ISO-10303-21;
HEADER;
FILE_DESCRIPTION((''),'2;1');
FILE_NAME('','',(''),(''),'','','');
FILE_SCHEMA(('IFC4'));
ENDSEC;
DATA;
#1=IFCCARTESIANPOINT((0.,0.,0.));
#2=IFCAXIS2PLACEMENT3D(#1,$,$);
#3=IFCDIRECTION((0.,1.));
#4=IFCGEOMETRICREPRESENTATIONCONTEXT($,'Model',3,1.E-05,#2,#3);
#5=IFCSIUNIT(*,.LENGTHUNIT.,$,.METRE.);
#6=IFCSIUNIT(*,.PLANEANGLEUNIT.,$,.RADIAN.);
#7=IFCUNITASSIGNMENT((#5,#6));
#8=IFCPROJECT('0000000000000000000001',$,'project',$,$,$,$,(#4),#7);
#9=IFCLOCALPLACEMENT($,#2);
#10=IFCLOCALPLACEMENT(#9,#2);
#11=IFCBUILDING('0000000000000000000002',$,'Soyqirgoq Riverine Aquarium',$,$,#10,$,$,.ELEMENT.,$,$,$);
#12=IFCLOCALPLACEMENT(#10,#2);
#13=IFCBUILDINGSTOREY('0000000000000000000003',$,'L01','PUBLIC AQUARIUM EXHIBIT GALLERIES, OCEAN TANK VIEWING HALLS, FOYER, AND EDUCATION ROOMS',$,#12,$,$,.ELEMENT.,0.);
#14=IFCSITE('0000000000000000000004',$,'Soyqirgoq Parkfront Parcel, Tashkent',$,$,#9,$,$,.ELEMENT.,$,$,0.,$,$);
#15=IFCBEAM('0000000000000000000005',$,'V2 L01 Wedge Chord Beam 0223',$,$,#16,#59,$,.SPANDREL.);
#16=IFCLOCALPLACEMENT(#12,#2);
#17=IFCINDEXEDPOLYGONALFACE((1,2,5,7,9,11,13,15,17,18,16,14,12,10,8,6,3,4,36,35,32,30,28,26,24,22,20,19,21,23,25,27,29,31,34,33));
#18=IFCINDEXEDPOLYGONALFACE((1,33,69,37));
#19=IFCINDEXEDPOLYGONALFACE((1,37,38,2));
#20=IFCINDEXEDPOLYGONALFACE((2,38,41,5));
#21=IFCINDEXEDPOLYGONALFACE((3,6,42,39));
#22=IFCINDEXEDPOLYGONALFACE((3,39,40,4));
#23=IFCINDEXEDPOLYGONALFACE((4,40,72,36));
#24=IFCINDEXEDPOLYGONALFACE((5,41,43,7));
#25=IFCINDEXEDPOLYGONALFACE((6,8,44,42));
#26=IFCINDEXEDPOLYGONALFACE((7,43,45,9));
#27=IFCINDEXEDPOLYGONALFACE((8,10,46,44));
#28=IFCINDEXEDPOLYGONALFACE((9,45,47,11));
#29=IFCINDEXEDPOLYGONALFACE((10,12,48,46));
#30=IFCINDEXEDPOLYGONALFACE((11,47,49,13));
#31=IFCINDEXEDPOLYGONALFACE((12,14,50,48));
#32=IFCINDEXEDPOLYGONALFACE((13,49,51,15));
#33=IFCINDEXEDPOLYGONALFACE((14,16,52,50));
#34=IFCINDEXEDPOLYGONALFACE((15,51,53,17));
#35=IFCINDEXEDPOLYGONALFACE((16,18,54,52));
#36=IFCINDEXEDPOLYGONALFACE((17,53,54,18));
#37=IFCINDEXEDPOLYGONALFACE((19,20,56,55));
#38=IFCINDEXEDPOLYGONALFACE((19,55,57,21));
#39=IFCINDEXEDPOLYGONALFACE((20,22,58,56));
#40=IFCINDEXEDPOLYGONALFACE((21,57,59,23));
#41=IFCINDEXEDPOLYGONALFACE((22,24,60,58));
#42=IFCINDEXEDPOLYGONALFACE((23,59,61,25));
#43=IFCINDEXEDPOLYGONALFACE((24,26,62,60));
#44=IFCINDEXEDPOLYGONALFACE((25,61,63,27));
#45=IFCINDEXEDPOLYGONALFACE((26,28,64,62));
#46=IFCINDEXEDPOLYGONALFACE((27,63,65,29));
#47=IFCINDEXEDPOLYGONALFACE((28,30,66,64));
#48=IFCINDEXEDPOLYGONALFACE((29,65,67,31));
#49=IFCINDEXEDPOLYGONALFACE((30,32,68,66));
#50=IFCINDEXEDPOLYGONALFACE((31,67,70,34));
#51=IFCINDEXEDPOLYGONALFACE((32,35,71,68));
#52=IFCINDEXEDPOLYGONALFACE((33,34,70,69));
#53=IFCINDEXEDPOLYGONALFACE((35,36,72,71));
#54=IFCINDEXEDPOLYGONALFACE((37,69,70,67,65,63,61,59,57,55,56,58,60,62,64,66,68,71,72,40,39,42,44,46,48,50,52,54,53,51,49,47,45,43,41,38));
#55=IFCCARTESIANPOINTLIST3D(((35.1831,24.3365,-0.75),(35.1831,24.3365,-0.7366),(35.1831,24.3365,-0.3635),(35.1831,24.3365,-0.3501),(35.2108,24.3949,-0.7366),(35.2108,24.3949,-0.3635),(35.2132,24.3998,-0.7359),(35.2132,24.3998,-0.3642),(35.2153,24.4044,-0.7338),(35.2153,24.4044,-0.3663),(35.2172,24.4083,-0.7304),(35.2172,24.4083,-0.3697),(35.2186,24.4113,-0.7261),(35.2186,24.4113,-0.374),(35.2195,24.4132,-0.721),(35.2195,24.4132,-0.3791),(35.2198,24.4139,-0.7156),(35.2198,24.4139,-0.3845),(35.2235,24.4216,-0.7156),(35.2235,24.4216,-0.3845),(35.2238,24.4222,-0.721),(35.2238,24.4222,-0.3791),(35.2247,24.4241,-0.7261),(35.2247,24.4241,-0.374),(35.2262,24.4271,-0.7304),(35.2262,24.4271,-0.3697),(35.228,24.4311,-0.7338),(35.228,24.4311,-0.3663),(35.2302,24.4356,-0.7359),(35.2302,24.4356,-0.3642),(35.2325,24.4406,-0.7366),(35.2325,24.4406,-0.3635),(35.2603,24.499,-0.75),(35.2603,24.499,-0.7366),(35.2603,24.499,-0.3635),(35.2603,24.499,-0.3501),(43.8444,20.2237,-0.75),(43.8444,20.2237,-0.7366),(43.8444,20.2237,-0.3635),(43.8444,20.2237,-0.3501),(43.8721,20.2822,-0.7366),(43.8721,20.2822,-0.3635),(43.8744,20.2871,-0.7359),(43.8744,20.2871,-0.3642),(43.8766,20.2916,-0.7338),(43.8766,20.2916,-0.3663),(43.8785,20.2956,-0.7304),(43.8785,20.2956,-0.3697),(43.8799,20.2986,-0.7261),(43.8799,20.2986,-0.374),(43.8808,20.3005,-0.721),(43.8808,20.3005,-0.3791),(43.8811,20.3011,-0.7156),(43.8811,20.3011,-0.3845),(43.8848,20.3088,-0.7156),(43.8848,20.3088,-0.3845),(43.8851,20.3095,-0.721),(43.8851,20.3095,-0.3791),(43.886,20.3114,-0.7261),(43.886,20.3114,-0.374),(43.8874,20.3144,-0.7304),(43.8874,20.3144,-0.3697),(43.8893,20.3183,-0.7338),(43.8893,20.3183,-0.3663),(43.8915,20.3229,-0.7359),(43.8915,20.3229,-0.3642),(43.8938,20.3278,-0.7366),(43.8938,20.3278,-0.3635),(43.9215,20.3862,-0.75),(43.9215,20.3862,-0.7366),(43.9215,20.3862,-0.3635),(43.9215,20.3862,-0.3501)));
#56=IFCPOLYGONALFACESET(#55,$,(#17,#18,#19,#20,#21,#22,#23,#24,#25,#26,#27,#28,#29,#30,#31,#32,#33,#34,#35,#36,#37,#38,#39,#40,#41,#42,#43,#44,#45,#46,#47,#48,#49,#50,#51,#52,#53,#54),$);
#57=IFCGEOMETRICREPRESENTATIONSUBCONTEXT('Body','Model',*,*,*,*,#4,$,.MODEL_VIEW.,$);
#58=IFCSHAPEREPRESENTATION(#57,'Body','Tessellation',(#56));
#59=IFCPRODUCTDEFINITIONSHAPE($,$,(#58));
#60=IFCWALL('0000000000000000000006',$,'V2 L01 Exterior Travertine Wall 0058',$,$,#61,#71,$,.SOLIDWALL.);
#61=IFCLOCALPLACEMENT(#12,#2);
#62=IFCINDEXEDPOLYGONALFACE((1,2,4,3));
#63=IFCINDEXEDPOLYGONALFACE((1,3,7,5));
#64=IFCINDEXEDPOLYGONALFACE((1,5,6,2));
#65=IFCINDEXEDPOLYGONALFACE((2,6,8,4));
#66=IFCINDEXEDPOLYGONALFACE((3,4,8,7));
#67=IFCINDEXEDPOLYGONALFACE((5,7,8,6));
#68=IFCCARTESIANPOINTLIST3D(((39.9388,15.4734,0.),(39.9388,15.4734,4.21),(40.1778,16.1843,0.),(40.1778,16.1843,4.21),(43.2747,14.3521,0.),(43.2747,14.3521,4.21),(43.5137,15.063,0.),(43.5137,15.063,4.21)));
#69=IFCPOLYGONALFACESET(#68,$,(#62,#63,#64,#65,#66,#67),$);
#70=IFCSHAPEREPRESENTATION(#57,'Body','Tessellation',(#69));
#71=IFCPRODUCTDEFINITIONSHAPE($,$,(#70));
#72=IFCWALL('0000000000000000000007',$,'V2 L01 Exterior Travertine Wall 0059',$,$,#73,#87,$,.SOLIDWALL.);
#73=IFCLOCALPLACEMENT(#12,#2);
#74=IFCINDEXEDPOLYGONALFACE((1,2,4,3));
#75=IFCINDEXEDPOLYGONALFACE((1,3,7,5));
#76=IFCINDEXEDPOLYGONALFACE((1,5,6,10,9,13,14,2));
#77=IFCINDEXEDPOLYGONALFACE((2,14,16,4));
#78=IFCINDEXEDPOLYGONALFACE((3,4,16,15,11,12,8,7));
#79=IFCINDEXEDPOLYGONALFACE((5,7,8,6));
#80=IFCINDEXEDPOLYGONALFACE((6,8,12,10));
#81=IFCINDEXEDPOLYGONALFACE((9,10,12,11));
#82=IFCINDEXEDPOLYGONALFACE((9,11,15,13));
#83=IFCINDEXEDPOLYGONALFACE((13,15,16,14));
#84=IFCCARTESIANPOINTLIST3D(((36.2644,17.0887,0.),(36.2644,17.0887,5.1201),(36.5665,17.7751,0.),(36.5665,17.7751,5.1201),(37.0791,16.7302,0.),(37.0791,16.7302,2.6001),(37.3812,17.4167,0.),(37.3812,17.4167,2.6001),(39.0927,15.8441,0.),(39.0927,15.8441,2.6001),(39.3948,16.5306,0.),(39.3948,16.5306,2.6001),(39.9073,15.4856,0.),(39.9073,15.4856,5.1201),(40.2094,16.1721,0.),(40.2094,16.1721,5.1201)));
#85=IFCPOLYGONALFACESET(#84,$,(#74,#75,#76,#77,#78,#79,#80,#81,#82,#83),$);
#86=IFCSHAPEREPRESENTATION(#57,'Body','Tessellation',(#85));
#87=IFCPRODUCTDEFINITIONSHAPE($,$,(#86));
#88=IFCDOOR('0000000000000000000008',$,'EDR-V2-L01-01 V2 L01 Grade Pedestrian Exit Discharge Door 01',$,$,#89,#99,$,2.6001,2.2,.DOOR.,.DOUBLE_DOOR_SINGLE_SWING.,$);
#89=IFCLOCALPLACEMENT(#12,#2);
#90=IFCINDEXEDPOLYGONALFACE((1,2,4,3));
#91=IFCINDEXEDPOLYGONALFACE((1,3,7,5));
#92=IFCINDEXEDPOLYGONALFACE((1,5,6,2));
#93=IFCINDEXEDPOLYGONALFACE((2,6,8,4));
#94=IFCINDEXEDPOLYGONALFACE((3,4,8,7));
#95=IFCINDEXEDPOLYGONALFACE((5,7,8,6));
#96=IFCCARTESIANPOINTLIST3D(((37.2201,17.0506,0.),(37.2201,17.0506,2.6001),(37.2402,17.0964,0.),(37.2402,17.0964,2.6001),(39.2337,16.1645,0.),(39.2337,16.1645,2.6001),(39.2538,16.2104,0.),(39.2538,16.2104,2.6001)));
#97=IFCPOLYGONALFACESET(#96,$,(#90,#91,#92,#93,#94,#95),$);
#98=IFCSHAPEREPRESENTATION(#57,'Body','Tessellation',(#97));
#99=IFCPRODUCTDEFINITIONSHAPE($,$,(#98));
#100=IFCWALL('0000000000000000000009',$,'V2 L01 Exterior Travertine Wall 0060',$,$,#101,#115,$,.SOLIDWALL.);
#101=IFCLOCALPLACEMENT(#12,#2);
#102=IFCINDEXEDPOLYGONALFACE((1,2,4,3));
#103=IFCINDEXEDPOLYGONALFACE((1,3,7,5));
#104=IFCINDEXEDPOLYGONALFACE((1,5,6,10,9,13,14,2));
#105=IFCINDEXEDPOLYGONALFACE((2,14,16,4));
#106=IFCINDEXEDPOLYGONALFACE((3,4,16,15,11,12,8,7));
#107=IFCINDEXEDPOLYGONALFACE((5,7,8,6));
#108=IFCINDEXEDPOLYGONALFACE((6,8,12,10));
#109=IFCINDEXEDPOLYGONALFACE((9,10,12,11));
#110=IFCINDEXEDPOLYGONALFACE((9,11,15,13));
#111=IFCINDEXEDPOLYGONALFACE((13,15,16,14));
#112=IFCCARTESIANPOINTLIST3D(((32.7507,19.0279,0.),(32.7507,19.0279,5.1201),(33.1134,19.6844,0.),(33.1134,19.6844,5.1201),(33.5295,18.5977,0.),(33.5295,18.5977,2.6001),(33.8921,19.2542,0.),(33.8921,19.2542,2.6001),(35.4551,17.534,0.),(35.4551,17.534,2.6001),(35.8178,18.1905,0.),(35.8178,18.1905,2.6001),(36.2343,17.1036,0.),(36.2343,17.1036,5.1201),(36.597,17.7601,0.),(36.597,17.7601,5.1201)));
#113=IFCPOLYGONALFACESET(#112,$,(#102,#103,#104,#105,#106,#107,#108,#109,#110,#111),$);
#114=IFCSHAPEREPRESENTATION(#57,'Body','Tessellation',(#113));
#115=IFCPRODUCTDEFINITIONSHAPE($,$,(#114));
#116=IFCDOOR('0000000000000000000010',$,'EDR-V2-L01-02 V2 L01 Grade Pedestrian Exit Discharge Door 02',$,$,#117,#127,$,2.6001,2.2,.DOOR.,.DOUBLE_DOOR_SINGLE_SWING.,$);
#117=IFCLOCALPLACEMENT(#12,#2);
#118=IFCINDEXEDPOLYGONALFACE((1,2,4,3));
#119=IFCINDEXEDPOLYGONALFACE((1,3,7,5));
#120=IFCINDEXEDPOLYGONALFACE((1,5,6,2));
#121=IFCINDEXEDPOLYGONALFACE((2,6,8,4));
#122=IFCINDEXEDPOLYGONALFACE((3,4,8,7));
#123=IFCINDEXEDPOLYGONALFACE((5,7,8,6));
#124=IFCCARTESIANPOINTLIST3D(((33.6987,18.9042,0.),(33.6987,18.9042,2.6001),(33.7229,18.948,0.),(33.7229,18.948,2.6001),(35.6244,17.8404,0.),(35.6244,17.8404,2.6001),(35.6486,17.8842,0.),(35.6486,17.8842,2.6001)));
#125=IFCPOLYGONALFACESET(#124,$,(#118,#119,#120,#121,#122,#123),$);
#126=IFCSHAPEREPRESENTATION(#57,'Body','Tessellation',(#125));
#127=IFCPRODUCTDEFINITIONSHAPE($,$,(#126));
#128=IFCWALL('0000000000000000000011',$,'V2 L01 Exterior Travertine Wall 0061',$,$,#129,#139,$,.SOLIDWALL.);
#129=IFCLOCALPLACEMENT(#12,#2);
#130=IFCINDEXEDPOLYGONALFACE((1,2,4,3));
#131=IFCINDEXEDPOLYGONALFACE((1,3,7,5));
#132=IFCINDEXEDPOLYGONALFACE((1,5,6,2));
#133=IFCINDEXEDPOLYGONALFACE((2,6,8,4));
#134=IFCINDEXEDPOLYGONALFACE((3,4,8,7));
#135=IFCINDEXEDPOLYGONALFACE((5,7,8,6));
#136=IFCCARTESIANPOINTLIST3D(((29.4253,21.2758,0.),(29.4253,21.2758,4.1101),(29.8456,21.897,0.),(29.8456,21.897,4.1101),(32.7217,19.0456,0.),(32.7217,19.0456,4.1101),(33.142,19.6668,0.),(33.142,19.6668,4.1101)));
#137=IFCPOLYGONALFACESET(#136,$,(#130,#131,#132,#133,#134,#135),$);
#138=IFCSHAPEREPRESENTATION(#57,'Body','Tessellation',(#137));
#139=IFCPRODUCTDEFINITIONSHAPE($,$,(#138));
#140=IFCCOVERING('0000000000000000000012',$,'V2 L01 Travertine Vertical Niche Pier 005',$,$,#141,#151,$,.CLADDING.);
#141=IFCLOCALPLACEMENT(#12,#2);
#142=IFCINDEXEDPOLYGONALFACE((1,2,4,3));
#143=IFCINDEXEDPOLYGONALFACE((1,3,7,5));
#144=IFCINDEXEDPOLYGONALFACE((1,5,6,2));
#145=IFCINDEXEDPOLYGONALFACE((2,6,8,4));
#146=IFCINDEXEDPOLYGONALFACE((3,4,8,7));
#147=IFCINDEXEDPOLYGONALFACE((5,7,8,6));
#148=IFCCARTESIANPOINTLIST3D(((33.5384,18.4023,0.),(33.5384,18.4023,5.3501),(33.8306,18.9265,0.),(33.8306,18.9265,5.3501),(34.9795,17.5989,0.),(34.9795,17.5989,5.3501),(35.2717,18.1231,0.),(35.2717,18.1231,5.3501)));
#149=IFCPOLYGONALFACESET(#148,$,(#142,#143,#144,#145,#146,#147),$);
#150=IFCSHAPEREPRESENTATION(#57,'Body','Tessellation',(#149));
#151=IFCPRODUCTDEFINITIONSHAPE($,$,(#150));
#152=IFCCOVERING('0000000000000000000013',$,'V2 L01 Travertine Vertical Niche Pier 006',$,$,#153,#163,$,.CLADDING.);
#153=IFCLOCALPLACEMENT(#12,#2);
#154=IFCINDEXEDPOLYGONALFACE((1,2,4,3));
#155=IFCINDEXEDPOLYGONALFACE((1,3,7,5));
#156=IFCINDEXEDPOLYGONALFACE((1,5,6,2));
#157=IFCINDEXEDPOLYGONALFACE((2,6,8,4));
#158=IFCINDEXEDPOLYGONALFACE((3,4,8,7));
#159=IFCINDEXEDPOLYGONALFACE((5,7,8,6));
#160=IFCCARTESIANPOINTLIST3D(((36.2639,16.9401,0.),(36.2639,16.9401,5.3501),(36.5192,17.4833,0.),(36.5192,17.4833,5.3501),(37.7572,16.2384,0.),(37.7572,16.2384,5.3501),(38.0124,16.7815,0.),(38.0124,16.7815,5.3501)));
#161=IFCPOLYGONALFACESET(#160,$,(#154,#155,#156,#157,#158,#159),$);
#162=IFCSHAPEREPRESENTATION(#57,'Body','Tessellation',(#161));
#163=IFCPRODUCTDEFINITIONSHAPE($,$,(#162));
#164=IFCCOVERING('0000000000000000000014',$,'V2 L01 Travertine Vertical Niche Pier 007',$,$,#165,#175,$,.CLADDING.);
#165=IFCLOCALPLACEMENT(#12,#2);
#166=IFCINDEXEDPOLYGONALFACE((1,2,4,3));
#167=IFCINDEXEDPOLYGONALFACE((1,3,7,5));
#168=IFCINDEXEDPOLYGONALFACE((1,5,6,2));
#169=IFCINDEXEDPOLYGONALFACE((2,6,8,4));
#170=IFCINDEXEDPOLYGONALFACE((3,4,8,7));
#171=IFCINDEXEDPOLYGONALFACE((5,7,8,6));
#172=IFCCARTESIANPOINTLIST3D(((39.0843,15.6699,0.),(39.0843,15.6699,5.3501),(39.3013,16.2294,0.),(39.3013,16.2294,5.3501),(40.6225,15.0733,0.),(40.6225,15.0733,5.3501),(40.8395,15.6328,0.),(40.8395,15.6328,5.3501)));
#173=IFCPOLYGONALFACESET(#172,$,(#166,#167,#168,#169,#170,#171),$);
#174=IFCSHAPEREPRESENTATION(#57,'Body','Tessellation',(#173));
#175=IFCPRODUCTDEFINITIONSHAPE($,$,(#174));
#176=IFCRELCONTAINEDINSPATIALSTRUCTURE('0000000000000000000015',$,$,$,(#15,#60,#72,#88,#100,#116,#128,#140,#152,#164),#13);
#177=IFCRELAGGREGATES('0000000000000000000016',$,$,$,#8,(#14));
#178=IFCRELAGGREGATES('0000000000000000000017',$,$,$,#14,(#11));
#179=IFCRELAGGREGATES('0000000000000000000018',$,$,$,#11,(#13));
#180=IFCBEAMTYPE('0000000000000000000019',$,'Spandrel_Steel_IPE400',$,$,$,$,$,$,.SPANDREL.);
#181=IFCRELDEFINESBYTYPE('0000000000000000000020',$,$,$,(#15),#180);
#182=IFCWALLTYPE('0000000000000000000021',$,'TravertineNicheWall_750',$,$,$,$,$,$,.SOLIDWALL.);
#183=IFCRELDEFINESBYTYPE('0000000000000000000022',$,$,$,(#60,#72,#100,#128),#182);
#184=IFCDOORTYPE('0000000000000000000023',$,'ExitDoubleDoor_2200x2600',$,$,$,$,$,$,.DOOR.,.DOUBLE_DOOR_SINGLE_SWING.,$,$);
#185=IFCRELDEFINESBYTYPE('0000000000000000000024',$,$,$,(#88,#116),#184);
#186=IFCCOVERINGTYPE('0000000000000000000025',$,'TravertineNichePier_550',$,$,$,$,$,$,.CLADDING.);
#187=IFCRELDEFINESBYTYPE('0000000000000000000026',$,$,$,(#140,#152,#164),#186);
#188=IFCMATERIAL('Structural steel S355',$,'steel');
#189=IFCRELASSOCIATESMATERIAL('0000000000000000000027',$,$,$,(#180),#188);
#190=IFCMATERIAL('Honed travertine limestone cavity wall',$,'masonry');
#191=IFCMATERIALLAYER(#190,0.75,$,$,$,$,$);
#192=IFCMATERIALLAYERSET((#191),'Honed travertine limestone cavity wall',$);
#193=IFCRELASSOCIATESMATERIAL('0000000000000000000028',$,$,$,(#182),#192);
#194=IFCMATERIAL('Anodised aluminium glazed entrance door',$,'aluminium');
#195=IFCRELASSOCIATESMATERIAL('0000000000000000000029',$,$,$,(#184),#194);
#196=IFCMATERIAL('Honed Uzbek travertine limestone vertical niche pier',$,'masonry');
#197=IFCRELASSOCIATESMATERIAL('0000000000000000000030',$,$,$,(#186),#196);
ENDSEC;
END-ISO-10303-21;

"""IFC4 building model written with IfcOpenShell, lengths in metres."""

from ifc_helpers import new_model, si_unit, direction, frame, frame_2d, origin, origin_2d, place, context, subcontext, project, spatial, rectangle, i_section, extrude, material, layer, layer_set, material_profile, profile_set, type_object, element, fill, save


model = new_model("IFC4")

# Units and contexts
model_context = context("Model", 3, precision=1e-05, world=origin(), true_north=direction((0.0, 1.0)))
body_context = subcontext(model_context, "Body", "Model", "MODEL_VIEW")
ifc_project = project(units=[si_unit("LENGTHUNIT", "METRE"), si_unit("PLANEANGLEUNIT", "RADIAN")], contexts=[model_context])

# Site, building, storey
site_placement = place(None, origin())
site = spatial("IfcSite", under=ifc_project, at=site_placement, Name="Soyqirgoq Parkfront Parcel, Tashkent", CompositionType="ELEMENT", RefElevation=0.0)
building_placement = place(site_placement, origin())
building = spatial("IfcBuilding", under=site, at=building_placement, Name="Soyqirgoq Riverine Aquarium", CompositionType="ELEMENT")
storey_placement = place(building_placement, origin())
storey = spatial("IfcBuildingStorey", under=building, at=storey_placement, Name="L01", Description="PUBLIC AQUARIUM EXHIBIT GALLERIES, OCEAN TANK VIEWING HALLS, FOYER, AND EDUCATION ROOMS", CompositionType="ELEMENT", Elevation=0.0)

# Beam
ifc_material_1 = material(Name="Structural steel S355", Category="steel")
ifc_material_profile_1 = material_profile(ifc_material_1, i_section(OverallWidth=0.1799, OverallDepth=0.3999, WebThickness=0.0085, FlangeThickness=0.0134, FilletRadius=0.021, at=origin_2d()), Name="IPE 400")
ifc_profile_set_1 = profile_set([ifc_material_profile_1], Name="Structural steel S355")
beam_type_1 = type_object("IfcBeamType", Name="Spandrel_Steel_IPE400", PredefinedType="SPANDREL", material=ifc_profile_set_1)
beam_1_placement = place(storey_placement, frame((35.2217, 24.4177, -0.55), z_axis=(0.903333, -0.428941, 0.0), x_axis=(0.428941, 0.903333, 0.0)))
element("IfcBeam", 1, at=beam_1_placement, inside=storey, type_object=beam_type_1, Name="V2 L01 Wedge Chord Beam 0223", PredefinedType="SPANDREL", context=body_context, shape_type="SweptSolid", body=[
    extrude(i_section(OverallWidth=0.1799, OverallDepth=0.3999, WebThickness=0.0085, FlangeThickness=0.0134, FilletRadius=0.021, at=origin_2d()), origin(), (0.0, 0.0, 1.0), 9.5881),
])

# Wall
ifc_material_2 = material(Name="Honed travertine limestone cavity wall", Category="masonry")
ifc_layer = layer(ifc_material_2, 0.75)
ifc_layer_set = layer_set([ifc_layer], Name="Honed travertine limestone cavity wall")
wall_type = type_object("IfcWallType", Name="TravertineNicheWall_750", PredefinedType="SOLIDWALL", material=ifc_layer_set)
wall_1_placement = place(storey_placement, frame((43.3943, 14.7075, 0.0), z_axis=(0.0, 0.0, 1.0), x_axis=(-0.947883, 0.31862, 0.0)))
element("IfcWall", 2, at=wall_1_placement, inside=storey, type_object=wall_type, Name="V2 L01 Exterior Travertine Wall 0058", PredefinedType="SOLIDWALL", context=body_context, shape_type="SweptSolid", body=[
    extrude(rectangle(XDim=3.5193, YDim=0.75, at=frame_2d((1.7598, 0.0))), origin(), (0.0, 0.0, 1.0), 4.21),
])

# Walls, openings, doors
wall_2_placement = place(storey_placement, frame((40.0583, 15.8289, 0.0), z_axis=(0.0, 0.0, 1.0), x_axis=(-0.915298, 0.402778, 0.0)))
wall_2 = element("IfcWall", 3, at=wall_2_placement, inside=storey, type_object=wall_type, Name="V2 L01 Exterior Travertine Wall 0059", PredefinedType="SOLIDWALL", context=body_context, shape_type="SweptSolid", body=[
    extrude(rectangle(XDim=3.98, YDim=0.75, at=frame_2d((1.99, 0.0))), origin(), (0.0, 0.0, 1.0), 5.1201),
])
opening_1_placement = place(wall_2_placement, frame((0.8899, 0.0, 0.0)))
opening_1 = element("IfcOpeningElement", 4, at=opening_1_placement, cuts=wall_2, PredefinedType="OPENING", context=body_context, shape_type="SweptSolid", body=[
    extrude(rectangle(XDim=2.2, YDim=2.6001, at=frame_2d((1.1001, 1.3))), frame((0.0, 0.385, 0.0), z_axis=(0.0, -1.0, 0.0), x_axis=(1.0, 0.0, 0.0)), (0.0, 0.0, 1.0), 0.77),
])
ifc_material_3 = material(Name="Anodised aluminium glazed entrance door", Category="aluminium")
door_type = type_object("IfcDoorType", Name="ExitDoubleDoor_2200x2600", OperationType="DOUBLE_DOOR_SINGLE_SWING", PredefinedType="DOOR", material=ifc_material_3)
door_1_placement = place(opening_1_placement, origin())
door_1 = element("IfcDoor", 5, at=door_1_placement, inside=storey, type_object=door_type, Name="EDR-V2-L01-01 V2 L01 Grade Pedestrian Exit Discharge Door 01", OperationType="DOUBLE_DOOR_SINGLE_SWING", OverallHeight=2.6001, OverallWidth=2.2, PredefinedType="DOOR", context=body_context, shape_type="SweptSolid", body=[
    extrude(rectangle(XDim=2.2, YDim=2.6001, at=frame_2d((1.1001, 1.3))), frame((0.0, 0.0249, 0.0), z_axis=(0.0, -1.0, 0.0), x_axis=(1.0, 0.0, 0.0)), (0.0, 0.0, 1.0), 0.05),
])
fill(opening_1, door_1)
wall_3_placement = place(storey_placement, frame((36.4155, 17.4319, 0.0), z_axis=(0.0, 0.0, 1.0), x_axis=(-0.875332, 0.483522, 0.0)))
wall_3 = element("IfcWall", 6, at=wall_3_placement, inside=storey, type_object=wall_type, Name="V2 L01 Exterior Travertine Wall 0060", PredefinedType="SOLIDWALL", context=body_context, shape_type="SweptSolid", body=[
    extrude(rectangle(XDim=3.9797, YDim=0.75, at=frame_2d((1.9897, 0.0))), origin(), (0.0, 0.0, 1.0), 5.1201),
])
opening_2_placement = place(wall_3_placement, frame((0.8899, 0.0, 0.0)))
opening_2 = element("IfcOpeningElement", 7, at=opening_2_placement, cuts=wall_3, PredefinedType="OPENING", context=body_context, shape_type="SweptSolid", body=[
    extrude(rectangle(XDim=2.2, YDim=2.6001, at=frame_2d((1.1001, 1.3))), frame((0.0, 0.385, 0.0), z_axis=(0.0, -1.0, 0.0), x_axis=(1.0, 0.0, 0.0)), (0.0, 0.0, 1.0), 0.77),
])
door_2_placement = place(opening_2_placement, origin())
door_2 = element("IfcDoor", 8, at=door_2_placement, inside=storey, type_object=door_type, Name="EDR-V2-L01-02 V2 L01 Grade Pedestrian Exit Discharge Door 02", OperationType="DOUBLE_DOOR_SINGLE_SWING", OverallHeight=2.6001, OverallWidth=2.2, PredefinedType="DOOR", context=body_context, shape_type="SweptSolid", body=[
    extrude(rectangle(XDim=2.2, YDim=2.6001, at=frame_2d((1.1001, 1.3))), frame((0.0, 0.0249, 0.0), z_axis=(0.0, -1.0, 0.0), x_axis=(1.0, 0.0, 0.0)), (0.0, 0.0, 1.0), 0.05),
])
fill(opening_2, door_2)

# Wall
wall_4_placement = place(storey_placement, frame((32.9319, 19.3562, 0.0), z_axis=(0.0, 0.0, 1.0), x_axis=(-0.828247, 0.560364, 0.0)))
element("IfcWall", 9, at=wall_4_placement, inside=storey, type_object=wall_type, Name="V2 L01 Exterior Travertine Wall 0061", PredefinedType="SOLIDWALL", context=body_context, shape_type="SweptSolid", body=[
    extrude(rectangle(XDim=3.98, YDim=0.75, at=frame_2d((1.99, 0.0))), origin(), (0.0, 0.0, 1.0), 4.1101),
])

# Coverings
ifc_material_4 = material(Name="Honed Uzbek travertine limestone vertical niche pier", Category="masonry")
covering_type = type_object("IfcCoveringType", Name="TravertineNichePier_550", PredefinedType="CLADDING", material=ifc_material_4)
for number, where, z_axis, x_axis, name in (
    (10, (34.405, 18.2627, 0.0), (0.0, 0.0, 1.0), (-0.486945, -0.873432, 0.0), "V2 L01 Travertine Vertical Niche Pier 005"),
    (11, (37.1382, 16.8608, 0.0), (0.0, 0.0, 1.0), (-0.425305, -0.90505, 0.0), "V2 L01 Travertine Vertical Niche Pier 006"),
    (12, (39.9619, 15.6514, 0.0), (0.0, 0.0, 1.0), (-0.361625, -0.932324, 0.0), "V2 L01 Travertine Vertical Niche Pier 007"),
):
    element("IfcCovering", number, at=place(storey_placement, frame(where, z_axis=z_axis, x_axis=x_axis)), inside=storey, type_object=covering_type, Name=name, PredefinedType="CLADDING", context=body_context, shape_type="SweptSolid", body=[
        extrude(rectangle(XDim=0.6001, YDim=1.6499, at=origin_2d()), origin(), (0.0, 0.0, 1.0), 5.3501),
    ])

save(model, "model.ifc")
